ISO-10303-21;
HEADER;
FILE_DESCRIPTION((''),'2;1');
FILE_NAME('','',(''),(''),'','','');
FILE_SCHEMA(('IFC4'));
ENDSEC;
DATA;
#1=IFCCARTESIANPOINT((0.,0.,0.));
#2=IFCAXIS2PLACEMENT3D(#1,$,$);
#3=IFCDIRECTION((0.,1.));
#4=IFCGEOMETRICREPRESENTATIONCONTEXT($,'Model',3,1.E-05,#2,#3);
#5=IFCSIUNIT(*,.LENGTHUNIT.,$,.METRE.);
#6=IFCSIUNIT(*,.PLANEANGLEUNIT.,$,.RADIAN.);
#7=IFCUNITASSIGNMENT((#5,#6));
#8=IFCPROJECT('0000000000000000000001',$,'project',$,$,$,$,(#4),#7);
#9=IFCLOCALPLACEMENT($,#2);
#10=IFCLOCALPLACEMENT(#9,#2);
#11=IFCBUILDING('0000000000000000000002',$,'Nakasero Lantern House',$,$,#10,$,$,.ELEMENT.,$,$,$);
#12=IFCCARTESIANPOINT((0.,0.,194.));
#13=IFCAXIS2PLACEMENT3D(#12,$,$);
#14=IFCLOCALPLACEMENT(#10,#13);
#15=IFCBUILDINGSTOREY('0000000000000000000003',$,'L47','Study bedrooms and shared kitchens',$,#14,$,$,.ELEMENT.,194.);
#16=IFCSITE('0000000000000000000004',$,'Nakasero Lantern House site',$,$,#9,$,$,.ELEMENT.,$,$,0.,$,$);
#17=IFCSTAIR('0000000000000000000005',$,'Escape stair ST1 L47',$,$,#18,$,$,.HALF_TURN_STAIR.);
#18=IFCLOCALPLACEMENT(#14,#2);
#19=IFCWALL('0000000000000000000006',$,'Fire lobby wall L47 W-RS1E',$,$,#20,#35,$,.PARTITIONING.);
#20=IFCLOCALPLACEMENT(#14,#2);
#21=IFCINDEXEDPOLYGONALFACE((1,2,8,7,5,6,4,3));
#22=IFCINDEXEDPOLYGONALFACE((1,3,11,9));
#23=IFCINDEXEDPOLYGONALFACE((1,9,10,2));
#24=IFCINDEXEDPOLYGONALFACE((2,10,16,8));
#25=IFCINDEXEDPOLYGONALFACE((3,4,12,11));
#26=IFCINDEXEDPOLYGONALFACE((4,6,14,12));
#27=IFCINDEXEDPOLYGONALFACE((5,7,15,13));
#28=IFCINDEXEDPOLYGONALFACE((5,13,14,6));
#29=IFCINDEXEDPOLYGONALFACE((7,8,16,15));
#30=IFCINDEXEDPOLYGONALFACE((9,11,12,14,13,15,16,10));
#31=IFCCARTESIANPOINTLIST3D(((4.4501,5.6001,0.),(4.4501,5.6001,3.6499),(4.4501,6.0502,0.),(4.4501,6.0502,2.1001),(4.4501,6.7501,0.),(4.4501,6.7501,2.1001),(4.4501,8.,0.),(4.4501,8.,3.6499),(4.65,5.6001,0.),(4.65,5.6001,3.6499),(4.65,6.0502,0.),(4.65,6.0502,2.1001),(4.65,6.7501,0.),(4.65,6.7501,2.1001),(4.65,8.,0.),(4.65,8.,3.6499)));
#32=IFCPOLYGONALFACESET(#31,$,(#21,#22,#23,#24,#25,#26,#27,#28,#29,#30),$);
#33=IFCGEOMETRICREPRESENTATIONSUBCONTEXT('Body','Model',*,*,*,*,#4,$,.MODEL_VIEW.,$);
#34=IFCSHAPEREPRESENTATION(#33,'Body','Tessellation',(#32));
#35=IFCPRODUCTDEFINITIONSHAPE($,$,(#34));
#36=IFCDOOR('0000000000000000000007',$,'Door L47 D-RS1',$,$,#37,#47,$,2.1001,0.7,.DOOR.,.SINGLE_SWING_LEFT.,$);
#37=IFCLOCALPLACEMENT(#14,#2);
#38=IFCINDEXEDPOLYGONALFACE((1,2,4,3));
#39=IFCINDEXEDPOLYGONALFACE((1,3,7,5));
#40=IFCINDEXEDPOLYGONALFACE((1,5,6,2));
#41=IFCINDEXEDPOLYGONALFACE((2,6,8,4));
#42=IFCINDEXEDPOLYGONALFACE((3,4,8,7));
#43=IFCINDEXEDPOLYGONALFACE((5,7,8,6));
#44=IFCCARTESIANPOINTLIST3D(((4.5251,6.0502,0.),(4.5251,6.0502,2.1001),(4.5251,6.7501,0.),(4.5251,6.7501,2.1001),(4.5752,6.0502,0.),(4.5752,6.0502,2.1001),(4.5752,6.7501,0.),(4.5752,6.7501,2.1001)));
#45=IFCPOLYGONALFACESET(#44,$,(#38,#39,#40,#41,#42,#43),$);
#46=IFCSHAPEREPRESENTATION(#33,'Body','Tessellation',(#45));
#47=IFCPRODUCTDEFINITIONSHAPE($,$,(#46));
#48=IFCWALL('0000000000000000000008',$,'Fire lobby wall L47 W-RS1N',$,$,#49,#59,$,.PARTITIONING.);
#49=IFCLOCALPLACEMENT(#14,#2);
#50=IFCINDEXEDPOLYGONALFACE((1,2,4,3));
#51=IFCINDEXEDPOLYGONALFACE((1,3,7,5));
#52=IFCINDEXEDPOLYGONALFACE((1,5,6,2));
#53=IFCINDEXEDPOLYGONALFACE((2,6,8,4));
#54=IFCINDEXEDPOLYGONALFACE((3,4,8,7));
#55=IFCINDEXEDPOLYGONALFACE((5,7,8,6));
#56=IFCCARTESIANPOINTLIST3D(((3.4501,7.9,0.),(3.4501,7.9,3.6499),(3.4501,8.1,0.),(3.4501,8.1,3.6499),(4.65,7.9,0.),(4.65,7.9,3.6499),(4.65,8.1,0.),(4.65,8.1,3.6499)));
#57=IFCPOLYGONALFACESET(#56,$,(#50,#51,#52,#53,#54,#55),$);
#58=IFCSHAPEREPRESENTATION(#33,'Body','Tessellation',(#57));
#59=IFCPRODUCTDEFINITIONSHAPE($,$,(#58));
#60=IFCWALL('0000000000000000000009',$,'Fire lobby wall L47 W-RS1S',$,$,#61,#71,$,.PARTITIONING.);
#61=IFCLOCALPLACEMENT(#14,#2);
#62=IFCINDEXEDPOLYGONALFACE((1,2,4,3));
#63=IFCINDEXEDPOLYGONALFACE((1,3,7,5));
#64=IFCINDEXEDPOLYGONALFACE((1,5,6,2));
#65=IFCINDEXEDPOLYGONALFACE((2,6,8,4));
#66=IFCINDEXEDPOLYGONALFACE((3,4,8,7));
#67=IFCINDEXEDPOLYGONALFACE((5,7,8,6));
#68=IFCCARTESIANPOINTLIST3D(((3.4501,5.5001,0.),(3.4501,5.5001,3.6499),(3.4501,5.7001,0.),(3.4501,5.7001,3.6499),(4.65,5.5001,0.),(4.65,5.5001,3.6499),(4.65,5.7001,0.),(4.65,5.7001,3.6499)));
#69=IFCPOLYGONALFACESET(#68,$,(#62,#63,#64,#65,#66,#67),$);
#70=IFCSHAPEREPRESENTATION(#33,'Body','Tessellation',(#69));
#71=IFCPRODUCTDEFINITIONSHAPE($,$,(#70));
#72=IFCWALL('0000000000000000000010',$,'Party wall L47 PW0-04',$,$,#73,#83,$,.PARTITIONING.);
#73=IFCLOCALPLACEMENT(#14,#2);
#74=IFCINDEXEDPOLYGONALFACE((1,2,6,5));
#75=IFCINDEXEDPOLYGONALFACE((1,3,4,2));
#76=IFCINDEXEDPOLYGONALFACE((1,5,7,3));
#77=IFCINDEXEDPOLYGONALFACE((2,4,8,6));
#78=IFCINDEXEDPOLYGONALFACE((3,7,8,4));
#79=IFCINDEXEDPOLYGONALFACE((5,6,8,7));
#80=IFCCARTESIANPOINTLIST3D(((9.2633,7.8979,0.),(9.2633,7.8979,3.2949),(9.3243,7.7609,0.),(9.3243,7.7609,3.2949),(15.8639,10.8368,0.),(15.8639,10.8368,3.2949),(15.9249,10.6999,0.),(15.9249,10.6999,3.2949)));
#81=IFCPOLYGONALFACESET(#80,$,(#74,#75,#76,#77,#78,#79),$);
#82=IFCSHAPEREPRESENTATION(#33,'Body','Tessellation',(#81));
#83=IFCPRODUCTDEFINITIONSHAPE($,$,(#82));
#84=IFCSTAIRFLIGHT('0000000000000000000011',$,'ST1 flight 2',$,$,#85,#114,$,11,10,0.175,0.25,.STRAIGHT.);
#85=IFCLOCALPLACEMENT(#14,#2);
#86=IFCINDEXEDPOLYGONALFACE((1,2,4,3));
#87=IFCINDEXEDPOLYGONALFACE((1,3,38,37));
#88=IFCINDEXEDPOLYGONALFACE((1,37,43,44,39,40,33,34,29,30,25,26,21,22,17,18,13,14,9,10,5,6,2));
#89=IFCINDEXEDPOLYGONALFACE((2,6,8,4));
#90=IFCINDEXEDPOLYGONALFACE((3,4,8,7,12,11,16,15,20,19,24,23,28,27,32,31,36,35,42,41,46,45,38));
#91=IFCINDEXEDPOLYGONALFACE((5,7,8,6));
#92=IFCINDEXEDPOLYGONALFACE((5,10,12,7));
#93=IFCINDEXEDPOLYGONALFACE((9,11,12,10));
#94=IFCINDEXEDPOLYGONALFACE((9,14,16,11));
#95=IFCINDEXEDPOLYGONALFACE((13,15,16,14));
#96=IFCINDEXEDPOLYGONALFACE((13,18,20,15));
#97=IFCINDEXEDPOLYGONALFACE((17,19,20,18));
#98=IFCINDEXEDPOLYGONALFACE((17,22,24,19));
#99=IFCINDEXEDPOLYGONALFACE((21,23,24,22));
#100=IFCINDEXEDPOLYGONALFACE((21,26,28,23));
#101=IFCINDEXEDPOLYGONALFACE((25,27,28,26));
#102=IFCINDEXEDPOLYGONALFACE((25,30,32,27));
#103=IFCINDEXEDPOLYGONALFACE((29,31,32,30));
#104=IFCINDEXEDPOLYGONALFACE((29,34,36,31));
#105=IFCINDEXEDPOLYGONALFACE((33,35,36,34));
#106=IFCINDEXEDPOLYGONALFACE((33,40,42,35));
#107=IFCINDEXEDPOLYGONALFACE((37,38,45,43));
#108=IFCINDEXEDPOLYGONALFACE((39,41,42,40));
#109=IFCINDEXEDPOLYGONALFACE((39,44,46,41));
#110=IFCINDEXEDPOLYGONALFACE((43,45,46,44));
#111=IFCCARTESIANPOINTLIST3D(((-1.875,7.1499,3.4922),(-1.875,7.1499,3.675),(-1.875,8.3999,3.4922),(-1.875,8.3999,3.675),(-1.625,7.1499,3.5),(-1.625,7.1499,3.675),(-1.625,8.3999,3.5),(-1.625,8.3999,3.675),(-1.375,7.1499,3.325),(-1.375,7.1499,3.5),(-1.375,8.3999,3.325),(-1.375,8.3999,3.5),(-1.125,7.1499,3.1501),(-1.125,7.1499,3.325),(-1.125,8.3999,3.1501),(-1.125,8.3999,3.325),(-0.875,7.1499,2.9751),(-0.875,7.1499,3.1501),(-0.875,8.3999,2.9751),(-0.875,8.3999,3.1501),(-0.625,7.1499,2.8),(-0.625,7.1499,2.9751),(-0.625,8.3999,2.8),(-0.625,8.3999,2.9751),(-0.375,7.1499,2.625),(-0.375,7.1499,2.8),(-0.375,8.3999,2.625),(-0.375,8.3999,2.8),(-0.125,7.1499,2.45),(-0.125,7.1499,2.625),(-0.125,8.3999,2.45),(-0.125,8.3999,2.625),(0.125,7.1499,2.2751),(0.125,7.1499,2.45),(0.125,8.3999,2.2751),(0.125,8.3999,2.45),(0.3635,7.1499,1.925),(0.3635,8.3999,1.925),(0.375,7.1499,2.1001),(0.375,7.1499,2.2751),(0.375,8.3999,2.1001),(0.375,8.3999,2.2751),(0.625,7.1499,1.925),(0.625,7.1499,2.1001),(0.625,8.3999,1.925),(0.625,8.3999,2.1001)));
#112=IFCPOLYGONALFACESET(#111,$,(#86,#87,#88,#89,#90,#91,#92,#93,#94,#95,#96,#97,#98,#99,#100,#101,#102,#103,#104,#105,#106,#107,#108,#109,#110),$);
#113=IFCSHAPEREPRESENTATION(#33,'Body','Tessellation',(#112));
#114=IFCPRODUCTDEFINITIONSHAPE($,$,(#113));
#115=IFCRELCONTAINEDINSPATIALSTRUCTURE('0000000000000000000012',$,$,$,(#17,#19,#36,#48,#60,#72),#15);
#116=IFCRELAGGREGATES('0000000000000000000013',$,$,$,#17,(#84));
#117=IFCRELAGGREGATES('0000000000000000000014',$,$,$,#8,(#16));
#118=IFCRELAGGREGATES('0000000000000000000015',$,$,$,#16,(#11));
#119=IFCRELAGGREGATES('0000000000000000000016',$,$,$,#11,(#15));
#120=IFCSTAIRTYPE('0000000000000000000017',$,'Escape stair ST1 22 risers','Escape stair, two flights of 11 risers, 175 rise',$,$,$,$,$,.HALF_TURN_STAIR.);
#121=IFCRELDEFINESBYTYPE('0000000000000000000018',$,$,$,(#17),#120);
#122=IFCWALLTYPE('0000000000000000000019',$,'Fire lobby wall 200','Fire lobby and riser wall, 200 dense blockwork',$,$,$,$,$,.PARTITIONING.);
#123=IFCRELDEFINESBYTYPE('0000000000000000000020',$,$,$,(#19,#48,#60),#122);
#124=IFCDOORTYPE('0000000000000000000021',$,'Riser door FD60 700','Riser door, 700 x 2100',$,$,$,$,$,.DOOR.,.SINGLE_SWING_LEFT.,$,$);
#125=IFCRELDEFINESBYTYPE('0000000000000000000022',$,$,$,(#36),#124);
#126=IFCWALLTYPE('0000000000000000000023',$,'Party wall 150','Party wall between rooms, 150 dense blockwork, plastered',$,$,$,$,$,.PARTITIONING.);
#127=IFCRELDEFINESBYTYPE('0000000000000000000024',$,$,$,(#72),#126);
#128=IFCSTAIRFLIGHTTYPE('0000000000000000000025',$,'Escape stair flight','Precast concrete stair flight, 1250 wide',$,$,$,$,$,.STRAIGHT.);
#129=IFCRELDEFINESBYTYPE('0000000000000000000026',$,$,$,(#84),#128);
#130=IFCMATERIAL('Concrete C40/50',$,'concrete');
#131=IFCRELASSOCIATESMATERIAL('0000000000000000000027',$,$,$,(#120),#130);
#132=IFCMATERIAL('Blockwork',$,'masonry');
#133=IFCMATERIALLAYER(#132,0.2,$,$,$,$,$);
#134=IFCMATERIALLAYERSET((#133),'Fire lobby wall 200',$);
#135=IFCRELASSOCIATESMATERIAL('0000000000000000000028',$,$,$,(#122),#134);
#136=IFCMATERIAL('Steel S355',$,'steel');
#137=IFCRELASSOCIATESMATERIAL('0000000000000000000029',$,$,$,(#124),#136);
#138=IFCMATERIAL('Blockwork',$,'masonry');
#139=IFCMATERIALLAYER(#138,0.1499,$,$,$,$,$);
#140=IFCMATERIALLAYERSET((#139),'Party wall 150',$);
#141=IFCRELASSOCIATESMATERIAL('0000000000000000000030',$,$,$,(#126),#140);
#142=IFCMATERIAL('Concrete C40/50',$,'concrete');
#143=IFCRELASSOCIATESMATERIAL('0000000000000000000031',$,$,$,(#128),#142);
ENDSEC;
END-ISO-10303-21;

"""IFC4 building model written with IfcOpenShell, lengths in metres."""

from ifc_helpers import new_model, si_unit, direction, frame, frame_2d, origin, place, context, subcontext, project, spatial, polyline, rectangle, outline, extrude, material, layer, layer_set, type_object, element, fill, aggregate, save


model = new_model("IFC4")

# Units and contexts
model_context = context("Model", 3, precision=1e-05, world=origin(), true_north=direction((0.0, 1.0)))
body_context = subcontext(model_context, "Body", "Model", "MODEL_VIEW")
ifc_project = project(units=[si_unit("LENGTHUNIT", "METRE"), si_unit("PLANEANGLEUNIT", "RADIAN")], contexts=[model_context])

# Site, building, storey
site_placement = place(None, origin())
site = spatial("IfcSite", under=ifc_project, at=site_placement, Name="Nakasero Lantern House site", CompositionType="ELEMENT", RefElevation=0.0)
building_placement = place(site_placement, origin())
building = spatial("IfcBuilding", under=site, at=building_placement, Name="Nakasero Lantern House", CompositionType="ELEMENT")
storey_placement = place(building_placement, frame((0.0, 0.0, 194.0)))
storey = spatial("IfcBuildingStorey", under=building, at=storey_placement, Name="L47", Description="Study bedrooms and shared kitchens", CompositionType="ELEMENT", Elevation=194.0)

# Stair
ifc_material_1 = material(Name="Concrete C40/50", Category="concrete")
stair_type_1 = type_object("IfcStairType", Name="Escape stair ST1 22 risers", Description="Escape stair, two flights of 11 risers, 175 rise", PredefinedType="HALF_TURN_STAIR", material=ifc_material_1)
stair_1_placement = place(storey_placement, origin())
stair_1 = element("IfcStair", 1, at=stair_1_placement, inside=storey, type_object=stair_type_1, Name="Escape stair ST1 L47", PredefinedType="HALF_TURN_STAIR")

# Wall, opening, door
ifc_material_2 = material(Name="Blockwork", Category="masonry")
ifc_layer_1 = layer(ifc_material_2, 0.2)
ifc_layer_set_1 = layer_set([ifc_layer_1], Name="Fire lobby wall 200")
wall_type_1 = type_object("IfcWallType", Name="Fire lobby wall 200", Description="Fire lobby and riser wall, 200 dense blockwork", PredefinedType="PARTITIONING", material=ifc_layer_set_1)
wall_1_placement = place(storey_placement, frame((4.55, 5.6001, 0.0), z_axis=(0.0, 0.0, 1.0), x_axis=(0.0, 1.0, 0.0)))
wall_1 = element("IfcWall", 2, at=wall_1_placement, inside=storey, type_object=wall_type_1, Name="Fire lobby wall L47 W-RS1E", PredefinedType="PARTITIONING", context=body_context, shape_type="SweptSolid", body=[
    extrude(rectangle(XDim=2.3999, YDim=0.2, at=frame_2d((1.2, 0.0))), origin(), (0.0, 0.0, 1.0), 3.6499),
])
opening_1_placement = place(wall_1_placement, frame((0.45, 0.0, 0.0)))
opening_1 = element("IfcOpeningElement", 3, at=opening_1_placement, cuts=wall_1, PredefinedType="OPENING", context=body_context, shape_type="SweptSolid", body=[
    extrude(rectangle(XDim=0.7, YDim=2.1001, at=frame_2d((0.3501, 1.05))), frame((0.0, 0.1199, 0.0), z_axis=(0.0, -1.0, 0.0), x_axis=(1.0, 0.0, 0.0)), (0.0, 0.0, 1.0), 0.24),
])
ifc_material_3 = material(Name="Steel S355", Category="steel")
door_type_1 = type_object("IfcDoorType", Name="Riser door FD60 700", Description="Riser door, 700 x 2100", OperationType="SINGLE_SWING_LEFT", PredefinedType="DOOR", material=ifc_material_3)
door_1_placement = place(opening_1_placement, origin())
door_1 = element("IfcDoor", 4, at=door_1_placement, inside=storey, type_object=door_type_1, Name="Door L47 D-RS1", OperationType="SINGLE_SWING_LEFT", OverallHeight=2.1001, OverallWidth=0.7, PredefinedType="DOOR", context=body_context, shape_type="SweptSolid", body=[
    extrude(rectangle(XDim=0.7, YDim=2.1001, at=frame_2d((0.3501, 1.05))), frame((0.0, 0.0249, 0.0), z_axis=(0.0, -1.0, 0.0), x_axis=(1.0, 0.0, 0.0)), (0.0, 0.0, 1.0), 0.05),
])
fill(opening_1, door_1)

# Walls
for number, where, z_axis, x_axis, name in (
    (5, (3.45, 8.0, 0.0), (0.0, 0.0, 1.0), (1.0, 0.0, 0.0), "Fire lobby wall L47 W-RS1N"),
    (6, (3.45, 5.6001, 0.0), (0.0, 0.0, 1.0), (1.0, 0.0, 0.0), "Fire lobby wall L47 W-RS1S"),
):
    element("IfcWall", number, at=place(storey_placement, frame(where, z_axis=z_axis, x_axis=x_axis)), inside=storey, type_object=wall_type_1, Name=name, PredefinedType="PARTITIONING", context=body_context, shape_type="SweptSolid", body=[
        extrude(rectangle(XDim=1.2, YDim=0.2, at=frame_2d((0.6001, 0.0))), origin(), (0.0, 0.0, 1.0), 3.6499),
    ])
ifc_material_4 = material(Name="Blockwork", Category="masonry")
ifc_layer_2 = layer(ifc_material_4, 0.1499)
ifc_layer_set_2 = layer_set([ifc_layer_2], Name="Party wall 150")
wall_type_2 = type_object("IfcWallType", Name="Party wall 150", Description="Party wall between rooms, 150 dense blockwork, plastered", PredefinedType="PARTITIONING", material=ifc_layer_set_2)
wall_2_placement = place(storey_placement, frame((9.2937, 7.8293, 0.0), z_axis=(0.0, 0.0, 1.0), x_axis=(0.913535, 0.406759, 0.0)))
element("IfcWall", 7, at=wall_2_placement, inside=storey, type_object=wall_type_2, Name="Party wall L47 PW0-04", PredefinedType="PARTITIONING", context=body_context, shape_type="SweptSolid", body=[
    extrude(rectangle(XDim=7.2253, YDim=0.1499, at=frame_2d((3.6128, 0.0))), origin(), (0.0, 0.0, 1.0), 3.2949),
])

# Stair flight
ifc_material_5 = material(Name="Concrete C40/50", Category="concrete")
stair_flight_type = type_object("IfcStairFlightType", Name="Escape stair flight", Description="Precast concrete stair flight, 1250 wide", PredefinedType="STRAIGHT", material=ifc_material_5)
stair_flight_placement = place(storey_placement, frame((0.625, 7.7749, 1.925), z_axis=(0.0, 0.0, 1.0), x_axis=(-1.0, 0.0, 0.0)))
stair_flight = element("IfcStairFlight", 8, at=stair_flight_placement, type_object=stair_flight_type, Name="ST1 flight 2", NumberOfRisers=11, NumberOfTreads=10, PredefinedType="STRAIGHT", RiserHeight=0.175, TreadLength=0.25, context=body_context, shape_type="SweptSolid", body=[
    extrude(outline(polyline([(0.0, 0.0), (0.0, 0.175), (0.25, 0.175), (0.25, 0.3501), (0.5, 0.3501), (0.5, 0.5249), (0.75, 0.5249), (0.75, 0.7), (1.0, 0.7), (1.0, 0.875), (1.25, 0.875), (1.25, 1.05), (1.5, 1.05), (1.5, 1.2251), (1.75, 1.2251), (1.75, 1.3999), (2.0, 1.3999), (2.0, 1.575), (2.25, 1.575), (2.25, 1.75), (2.5, 1.75), (2.5, 1.925), (2.5, 1.5671), (0.2615, 0.0), (0.0, 0.0)])), frame((0.0, 0.625, 0.0), z_axis=(0.0, -1.0, 0.0), x_axis=(1.0, 0.0, 0.0)), (0.0, 0.0, 1.0), 1.25),
])
aggregate(stair_1, [stair_flight])

save(model, "model.ifc")
